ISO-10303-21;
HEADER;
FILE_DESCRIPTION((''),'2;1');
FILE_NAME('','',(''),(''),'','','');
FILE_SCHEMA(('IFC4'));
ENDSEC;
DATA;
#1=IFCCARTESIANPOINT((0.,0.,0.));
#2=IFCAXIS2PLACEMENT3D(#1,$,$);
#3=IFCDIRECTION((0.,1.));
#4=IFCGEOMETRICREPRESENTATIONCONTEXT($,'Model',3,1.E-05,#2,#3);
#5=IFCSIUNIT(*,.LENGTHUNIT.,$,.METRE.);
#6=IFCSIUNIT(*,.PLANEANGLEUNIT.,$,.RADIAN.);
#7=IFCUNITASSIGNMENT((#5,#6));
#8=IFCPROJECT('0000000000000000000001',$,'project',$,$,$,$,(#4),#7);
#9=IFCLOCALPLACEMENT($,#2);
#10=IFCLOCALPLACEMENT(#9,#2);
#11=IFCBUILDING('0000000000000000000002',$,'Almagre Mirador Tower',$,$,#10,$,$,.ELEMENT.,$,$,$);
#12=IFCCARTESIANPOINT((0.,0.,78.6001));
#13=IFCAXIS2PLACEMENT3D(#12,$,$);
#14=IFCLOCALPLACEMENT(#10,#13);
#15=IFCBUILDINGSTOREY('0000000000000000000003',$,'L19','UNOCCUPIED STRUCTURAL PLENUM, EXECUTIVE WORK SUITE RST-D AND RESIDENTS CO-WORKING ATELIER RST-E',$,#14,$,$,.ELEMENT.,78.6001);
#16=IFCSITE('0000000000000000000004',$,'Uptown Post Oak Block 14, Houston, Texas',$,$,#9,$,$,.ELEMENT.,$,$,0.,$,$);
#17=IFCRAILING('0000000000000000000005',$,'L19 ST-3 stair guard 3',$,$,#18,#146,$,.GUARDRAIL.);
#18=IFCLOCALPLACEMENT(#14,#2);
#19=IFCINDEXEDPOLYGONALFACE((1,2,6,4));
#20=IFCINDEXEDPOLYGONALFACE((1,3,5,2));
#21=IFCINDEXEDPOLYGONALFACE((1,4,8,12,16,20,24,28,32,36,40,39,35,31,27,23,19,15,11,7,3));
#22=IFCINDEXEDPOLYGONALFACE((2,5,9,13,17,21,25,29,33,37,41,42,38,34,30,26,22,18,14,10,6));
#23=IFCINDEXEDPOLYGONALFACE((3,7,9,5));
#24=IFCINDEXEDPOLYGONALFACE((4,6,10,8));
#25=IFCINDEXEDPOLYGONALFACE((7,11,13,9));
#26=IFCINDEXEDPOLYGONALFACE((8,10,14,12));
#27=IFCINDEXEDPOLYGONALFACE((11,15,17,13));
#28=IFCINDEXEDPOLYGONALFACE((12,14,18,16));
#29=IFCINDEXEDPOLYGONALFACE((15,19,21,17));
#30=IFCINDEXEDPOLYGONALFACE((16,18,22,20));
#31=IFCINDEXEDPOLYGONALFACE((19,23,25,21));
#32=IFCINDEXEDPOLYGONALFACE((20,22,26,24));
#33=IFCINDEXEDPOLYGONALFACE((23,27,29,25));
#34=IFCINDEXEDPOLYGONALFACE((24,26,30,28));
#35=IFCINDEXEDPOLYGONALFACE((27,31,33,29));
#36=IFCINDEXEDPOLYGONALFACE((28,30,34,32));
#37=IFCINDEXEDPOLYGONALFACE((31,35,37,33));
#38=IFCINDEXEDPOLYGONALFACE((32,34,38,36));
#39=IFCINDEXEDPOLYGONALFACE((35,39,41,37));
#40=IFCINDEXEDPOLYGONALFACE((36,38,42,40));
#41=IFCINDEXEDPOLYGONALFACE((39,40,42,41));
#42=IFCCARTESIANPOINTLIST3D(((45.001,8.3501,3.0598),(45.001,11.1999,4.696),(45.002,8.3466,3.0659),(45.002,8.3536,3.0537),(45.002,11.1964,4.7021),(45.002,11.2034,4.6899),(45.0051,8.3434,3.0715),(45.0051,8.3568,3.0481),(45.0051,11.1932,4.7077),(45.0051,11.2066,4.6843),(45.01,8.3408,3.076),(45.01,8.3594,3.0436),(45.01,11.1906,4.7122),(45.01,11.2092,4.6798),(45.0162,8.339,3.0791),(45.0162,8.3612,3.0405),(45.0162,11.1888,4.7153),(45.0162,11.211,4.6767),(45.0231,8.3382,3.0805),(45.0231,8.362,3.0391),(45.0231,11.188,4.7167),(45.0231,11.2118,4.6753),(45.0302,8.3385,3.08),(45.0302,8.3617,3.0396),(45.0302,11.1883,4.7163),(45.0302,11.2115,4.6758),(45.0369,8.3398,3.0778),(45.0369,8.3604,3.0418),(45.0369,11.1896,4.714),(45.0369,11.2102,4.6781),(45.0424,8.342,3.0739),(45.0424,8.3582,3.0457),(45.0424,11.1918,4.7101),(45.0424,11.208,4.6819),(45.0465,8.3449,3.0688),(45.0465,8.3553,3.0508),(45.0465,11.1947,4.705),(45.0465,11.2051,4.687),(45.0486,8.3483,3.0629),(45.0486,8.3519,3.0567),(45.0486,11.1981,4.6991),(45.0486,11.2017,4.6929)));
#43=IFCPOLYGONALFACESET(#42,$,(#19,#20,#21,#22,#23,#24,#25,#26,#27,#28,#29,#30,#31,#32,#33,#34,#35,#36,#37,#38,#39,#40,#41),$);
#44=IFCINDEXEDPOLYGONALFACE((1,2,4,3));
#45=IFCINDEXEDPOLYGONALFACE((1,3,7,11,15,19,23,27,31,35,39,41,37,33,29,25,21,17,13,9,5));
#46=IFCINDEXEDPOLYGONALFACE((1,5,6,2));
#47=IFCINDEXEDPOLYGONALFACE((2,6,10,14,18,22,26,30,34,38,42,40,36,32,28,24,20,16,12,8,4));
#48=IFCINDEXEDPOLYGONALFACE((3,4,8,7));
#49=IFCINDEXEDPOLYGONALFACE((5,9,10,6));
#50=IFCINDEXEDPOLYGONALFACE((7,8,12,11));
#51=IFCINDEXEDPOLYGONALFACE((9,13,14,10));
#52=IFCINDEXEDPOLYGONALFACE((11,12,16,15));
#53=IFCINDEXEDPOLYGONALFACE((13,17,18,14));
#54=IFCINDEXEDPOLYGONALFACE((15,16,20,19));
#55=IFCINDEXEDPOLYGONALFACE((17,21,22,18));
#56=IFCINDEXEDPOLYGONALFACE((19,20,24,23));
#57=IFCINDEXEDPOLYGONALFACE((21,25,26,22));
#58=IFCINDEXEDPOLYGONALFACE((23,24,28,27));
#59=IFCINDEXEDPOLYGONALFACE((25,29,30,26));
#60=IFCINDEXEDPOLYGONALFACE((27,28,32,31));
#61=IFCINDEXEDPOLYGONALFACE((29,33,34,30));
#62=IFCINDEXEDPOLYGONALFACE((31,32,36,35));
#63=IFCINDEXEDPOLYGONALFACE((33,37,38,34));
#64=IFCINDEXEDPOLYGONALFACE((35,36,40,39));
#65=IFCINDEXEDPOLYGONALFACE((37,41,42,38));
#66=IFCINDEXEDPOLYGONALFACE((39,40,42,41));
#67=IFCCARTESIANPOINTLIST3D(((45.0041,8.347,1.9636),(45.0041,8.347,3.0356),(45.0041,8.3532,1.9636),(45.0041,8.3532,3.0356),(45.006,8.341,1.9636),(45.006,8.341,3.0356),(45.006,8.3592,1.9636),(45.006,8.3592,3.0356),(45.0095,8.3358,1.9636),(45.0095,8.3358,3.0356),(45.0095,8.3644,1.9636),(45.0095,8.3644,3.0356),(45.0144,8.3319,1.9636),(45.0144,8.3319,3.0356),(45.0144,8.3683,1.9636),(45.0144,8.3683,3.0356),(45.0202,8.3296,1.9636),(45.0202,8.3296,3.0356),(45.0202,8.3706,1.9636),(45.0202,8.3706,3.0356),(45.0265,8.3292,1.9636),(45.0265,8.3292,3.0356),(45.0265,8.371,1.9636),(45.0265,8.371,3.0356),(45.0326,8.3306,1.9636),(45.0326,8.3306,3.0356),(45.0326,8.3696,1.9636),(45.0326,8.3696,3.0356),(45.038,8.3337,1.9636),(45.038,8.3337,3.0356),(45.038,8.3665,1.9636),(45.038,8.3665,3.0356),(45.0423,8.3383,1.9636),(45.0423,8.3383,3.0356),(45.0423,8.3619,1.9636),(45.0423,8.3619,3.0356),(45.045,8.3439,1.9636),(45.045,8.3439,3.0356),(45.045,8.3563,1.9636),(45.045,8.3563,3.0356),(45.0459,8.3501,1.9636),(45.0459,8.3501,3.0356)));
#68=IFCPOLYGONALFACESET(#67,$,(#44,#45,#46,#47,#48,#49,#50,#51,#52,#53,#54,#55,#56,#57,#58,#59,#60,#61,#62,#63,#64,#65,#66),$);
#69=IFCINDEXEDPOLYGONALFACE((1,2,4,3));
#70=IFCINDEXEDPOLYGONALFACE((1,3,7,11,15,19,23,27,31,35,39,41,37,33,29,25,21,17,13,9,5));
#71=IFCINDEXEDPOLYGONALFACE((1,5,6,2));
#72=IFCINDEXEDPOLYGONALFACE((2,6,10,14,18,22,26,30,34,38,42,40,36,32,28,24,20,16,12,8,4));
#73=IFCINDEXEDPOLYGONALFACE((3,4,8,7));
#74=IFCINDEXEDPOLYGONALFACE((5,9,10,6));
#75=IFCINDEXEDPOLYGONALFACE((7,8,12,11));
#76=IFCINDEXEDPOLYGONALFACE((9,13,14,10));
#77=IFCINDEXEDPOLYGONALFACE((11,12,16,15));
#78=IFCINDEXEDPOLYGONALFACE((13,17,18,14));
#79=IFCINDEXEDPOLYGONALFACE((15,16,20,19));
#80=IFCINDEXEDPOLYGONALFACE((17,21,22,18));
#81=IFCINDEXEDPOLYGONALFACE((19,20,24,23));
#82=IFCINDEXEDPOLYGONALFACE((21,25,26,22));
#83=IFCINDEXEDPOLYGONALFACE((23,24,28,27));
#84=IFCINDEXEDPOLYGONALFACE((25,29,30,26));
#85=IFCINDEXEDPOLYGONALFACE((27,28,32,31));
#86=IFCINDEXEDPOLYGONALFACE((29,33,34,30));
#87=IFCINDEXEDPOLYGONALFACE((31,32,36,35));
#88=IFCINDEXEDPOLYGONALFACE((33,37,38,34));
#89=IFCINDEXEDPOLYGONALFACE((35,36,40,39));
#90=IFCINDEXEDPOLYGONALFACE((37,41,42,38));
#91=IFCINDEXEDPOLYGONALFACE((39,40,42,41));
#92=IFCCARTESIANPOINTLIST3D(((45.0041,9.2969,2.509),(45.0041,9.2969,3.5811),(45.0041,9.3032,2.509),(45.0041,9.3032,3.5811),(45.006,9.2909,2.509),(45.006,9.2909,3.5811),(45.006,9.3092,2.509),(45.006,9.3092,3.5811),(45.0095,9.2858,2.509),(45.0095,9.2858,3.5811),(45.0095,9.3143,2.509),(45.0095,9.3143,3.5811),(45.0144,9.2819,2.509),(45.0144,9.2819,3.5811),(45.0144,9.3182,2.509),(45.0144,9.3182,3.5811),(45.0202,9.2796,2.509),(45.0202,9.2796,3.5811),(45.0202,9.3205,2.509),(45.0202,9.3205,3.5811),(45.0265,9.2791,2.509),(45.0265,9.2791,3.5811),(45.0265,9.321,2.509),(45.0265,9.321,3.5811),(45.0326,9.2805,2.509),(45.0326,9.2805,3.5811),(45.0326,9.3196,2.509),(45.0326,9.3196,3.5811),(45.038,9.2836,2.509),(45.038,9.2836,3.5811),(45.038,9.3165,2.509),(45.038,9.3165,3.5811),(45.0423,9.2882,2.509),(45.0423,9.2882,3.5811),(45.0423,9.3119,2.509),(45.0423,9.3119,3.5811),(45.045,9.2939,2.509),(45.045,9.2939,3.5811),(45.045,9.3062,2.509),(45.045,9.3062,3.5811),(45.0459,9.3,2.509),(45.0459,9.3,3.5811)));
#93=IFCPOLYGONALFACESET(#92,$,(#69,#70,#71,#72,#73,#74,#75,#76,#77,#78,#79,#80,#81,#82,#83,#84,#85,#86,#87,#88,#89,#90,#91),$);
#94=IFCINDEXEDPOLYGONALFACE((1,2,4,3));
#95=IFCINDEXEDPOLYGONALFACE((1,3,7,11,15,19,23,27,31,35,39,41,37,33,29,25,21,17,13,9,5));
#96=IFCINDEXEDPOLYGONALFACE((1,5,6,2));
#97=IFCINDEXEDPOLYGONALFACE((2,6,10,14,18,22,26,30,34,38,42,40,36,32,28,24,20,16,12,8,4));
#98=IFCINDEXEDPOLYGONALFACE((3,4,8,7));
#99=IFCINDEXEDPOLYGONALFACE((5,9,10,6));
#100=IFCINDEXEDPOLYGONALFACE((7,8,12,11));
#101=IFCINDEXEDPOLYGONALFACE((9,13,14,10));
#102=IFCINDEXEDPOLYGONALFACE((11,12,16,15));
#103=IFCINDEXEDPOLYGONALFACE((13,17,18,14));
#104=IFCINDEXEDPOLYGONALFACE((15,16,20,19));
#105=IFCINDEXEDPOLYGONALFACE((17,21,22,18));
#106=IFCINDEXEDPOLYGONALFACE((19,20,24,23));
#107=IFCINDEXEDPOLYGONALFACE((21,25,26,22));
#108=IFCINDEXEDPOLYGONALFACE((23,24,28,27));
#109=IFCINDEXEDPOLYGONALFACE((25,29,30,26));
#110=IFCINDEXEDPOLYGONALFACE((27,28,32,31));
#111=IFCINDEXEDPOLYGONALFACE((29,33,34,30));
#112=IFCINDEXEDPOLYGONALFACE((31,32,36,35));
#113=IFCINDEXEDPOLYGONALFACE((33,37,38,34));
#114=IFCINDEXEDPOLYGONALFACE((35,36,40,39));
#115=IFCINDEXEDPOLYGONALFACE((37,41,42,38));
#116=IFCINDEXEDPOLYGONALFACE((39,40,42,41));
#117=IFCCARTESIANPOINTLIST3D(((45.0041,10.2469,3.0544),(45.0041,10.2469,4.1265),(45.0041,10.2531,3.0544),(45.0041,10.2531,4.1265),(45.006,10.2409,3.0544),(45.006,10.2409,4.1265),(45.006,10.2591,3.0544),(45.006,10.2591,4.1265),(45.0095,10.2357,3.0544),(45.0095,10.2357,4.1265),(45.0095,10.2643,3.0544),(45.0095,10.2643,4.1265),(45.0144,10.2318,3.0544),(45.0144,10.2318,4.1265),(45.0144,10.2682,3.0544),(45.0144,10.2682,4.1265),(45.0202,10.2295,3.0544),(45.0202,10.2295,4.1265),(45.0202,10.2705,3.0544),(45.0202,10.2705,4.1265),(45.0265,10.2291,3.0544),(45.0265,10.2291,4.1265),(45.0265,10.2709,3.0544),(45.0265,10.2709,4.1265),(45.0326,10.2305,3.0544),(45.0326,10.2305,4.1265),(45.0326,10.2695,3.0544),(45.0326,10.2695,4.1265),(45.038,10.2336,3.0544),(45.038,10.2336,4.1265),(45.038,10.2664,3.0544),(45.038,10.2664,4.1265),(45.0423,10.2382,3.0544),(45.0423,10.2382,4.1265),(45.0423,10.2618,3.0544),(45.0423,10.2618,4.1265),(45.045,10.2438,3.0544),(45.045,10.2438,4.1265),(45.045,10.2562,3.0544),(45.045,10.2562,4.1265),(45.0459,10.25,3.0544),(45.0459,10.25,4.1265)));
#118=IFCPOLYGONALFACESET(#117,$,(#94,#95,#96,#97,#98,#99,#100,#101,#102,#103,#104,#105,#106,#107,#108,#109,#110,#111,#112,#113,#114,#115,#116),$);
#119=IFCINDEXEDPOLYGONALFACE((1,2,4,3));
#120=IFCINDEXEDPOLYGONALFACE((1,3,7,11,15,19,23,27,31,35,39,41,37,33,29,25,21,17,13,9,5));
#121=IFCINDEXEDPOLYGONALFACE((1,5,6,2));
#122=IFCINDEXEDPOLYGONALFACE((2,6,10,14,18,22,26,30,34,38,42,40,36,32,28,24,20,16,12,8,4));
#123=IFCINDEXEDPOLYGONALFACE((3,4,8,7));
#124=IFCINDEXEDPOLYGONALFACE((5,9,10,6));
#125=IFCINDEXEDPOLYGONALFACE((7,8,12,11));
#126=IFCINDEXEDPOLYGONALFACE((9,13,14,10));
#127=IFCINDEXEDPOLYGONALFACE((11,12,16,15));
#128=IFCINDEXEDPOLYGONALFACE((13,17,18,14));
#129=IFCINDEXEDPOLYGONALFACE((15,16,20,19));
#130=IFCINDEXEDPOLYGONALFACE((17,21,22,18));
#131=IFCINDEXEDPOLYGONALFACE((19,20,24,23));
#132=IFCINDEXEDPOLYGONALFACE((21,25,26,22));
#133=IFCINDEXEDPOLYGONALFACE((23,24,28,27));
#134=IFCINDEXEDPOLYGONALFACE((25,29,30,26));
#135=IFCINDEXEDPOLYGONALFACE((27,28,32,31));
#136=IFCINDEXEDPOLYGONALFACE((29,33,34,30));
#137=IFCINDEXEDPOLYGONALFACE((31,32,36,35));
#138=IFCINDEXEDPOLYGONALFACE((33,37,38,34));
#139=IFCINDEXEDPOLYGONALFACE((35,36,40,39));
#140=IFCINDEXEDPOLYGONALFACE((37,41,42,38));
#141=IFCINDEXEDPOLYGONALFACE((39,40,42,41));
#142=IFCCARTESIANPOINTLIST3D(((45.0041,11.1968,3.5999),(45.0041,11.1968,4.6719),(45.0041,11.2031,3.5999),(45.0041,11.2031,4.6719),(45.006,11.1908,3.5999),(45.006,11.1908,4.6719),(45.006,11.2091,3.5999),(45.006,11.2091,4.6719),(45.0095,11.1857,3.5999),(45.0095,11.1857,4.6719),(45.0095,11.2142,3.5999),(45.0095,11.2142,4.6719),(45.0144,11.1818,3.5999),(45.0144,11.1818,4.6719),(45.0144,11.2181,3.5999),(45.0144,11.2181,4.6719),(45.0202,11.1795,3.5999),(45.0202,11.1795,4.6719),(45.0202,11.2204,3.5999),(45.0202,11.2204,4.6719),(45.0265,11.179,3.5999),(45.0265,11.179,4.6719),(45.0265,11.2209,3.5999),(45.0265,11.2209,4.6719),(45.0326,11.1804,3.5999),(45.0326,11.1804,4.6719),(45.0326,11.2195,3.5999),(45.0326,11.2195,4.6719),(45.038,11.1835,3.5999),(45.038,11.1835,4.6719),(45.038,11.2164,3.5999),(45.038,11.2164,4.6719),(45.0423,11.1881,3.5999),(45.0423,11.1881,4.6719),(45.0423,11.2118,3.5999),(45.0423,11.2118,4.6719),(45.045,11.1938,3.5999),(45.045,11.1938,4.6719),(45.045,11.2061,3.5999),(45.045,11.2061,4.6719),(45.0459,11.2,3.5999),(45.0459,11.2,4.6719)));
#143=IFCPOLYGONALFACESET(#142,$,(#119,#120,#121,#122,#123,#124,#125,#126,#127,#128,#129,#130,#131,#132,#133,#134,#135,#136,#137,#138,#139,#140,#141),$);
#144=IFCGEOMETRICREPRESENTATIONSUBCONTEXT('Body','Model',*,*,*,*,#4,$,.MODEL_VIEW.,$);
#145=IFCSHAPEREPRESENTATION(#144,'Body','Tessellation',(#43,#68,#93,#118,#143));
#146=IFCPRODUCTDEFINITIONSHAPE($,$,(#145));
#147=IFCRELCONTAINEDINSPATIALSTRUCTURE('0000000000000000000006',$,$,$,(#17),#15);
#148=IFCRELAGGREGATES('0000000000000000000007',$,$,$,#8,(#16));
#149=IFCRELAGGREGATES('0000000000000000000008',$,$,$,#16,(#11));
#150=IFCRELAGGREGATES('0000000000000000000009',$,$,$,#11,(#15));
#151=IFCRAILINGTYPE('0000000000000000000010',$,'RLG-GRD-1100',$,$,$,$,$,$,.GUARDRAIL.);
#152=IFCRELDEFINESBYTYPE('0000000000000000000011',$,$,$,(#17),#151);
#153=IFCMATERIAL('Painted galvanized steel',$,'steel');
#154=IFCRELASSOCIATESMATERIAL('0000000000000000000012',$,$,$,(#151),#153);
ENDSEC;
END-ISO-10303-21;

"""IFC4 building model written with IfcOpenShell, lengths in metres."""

from ifc_helpers import new_model, si_unit, direction, frame, origin, origin_2d, place, context, subcontext, project, spatial, circle, extrude, material, type_object, element, save


model = new_model("IFC4")

# Units and contexts
model_context = context("Model", 3, precision=1e-05, world=origin(), true_north=direction((0.0, 1.0)))
body_context = subcontext(model_context, "Body", "Model", "MODEL_VIEW")
ifc_project = project(units=[si_unit("LENGTHUNIT", "METRE"), si_unit("PLANEANGLEUNIT", "RADIAN")], contexts=[model_context])

# Site, building, storey
site_placement = place(None, origin())
site = spatial("IfcSite", under=ifc_project, at=site_placement, Name="Uptown Post Oak Block 14, Houston, Texas", CompositionType="ELEMENT", RefElevation=0.0)
building_placement = place(site_placement, origin())
building = spatial("IfcBuilding", under=site, at=building_placement, Name="Almagre Mirador Tower", CompositionType="ELEMENT")
storey_placement = place(building_placement, frame((0.0, 0.0, 78.6001)))
storey = spatial("IfcBuildingStorey", under=building, at=storey_placement, Name="L19", Description="UNOCCUPIED STRUCTURAL PLENUM, EXECUTIVE WORK SUITE RST-D AND RESIDENTS CO-WORKING ATELIER RST-E", CompositionType="ELEMENT", Elevation=78.6001)

# Railing
ifc_material_1 = material(Name="Painted galvanized steel", Category="steel")
railing_type_1 = type_object("IfcRailingType", Name="RLG-GRD-1100", PredefinedType="GUARDRAIL", material=ifc_material_1)
railing_1_placement = place(storey_placement, frame((45.0249, 8.3501, 1.9636)))
element("IfcRailing", 1, at=railing_1_placement, inside=storey, type_object=railing_type_1, Name="L19 ST-3 stair guard 3", PredefinedType="GUARDRAIL", context=body_context, shape_type="SweptSolid", body=[
    extrude(circle(Radius=0.0239, at=origin_2d()), frame((0.0, 0.0, 1.0962), z_axis=(0.0, 0.867226, 0.497914), x_axis=(-1.0, 0.0, 0.0)), (0.0, 0.0, 1.0), 3.2861),
    extrude(circle(Radius=0.021, at=origin_2d()), origin(), (0.0, 0.0, 1.0), 1.072),
    extrude(circle(Radius=0.021, at=origin_2d()), frame((0.0, 0.95, 0.5454)), (0.0, 0.0, 1.0), 1.072),
    extrude(circle(Radius=0.021, at=origin_2d()), frame((0.0, 1.8999, 1.0908)), (0.0, 0.0, 1.0), 1.072),
    extrude(circle(Radius=0.021, at=origin_2d()), frame((0.0, 2.8499, 1.6362)), (0.0, 0.0, 1.0), 1.072),
])

save(model, "model.ifc")
